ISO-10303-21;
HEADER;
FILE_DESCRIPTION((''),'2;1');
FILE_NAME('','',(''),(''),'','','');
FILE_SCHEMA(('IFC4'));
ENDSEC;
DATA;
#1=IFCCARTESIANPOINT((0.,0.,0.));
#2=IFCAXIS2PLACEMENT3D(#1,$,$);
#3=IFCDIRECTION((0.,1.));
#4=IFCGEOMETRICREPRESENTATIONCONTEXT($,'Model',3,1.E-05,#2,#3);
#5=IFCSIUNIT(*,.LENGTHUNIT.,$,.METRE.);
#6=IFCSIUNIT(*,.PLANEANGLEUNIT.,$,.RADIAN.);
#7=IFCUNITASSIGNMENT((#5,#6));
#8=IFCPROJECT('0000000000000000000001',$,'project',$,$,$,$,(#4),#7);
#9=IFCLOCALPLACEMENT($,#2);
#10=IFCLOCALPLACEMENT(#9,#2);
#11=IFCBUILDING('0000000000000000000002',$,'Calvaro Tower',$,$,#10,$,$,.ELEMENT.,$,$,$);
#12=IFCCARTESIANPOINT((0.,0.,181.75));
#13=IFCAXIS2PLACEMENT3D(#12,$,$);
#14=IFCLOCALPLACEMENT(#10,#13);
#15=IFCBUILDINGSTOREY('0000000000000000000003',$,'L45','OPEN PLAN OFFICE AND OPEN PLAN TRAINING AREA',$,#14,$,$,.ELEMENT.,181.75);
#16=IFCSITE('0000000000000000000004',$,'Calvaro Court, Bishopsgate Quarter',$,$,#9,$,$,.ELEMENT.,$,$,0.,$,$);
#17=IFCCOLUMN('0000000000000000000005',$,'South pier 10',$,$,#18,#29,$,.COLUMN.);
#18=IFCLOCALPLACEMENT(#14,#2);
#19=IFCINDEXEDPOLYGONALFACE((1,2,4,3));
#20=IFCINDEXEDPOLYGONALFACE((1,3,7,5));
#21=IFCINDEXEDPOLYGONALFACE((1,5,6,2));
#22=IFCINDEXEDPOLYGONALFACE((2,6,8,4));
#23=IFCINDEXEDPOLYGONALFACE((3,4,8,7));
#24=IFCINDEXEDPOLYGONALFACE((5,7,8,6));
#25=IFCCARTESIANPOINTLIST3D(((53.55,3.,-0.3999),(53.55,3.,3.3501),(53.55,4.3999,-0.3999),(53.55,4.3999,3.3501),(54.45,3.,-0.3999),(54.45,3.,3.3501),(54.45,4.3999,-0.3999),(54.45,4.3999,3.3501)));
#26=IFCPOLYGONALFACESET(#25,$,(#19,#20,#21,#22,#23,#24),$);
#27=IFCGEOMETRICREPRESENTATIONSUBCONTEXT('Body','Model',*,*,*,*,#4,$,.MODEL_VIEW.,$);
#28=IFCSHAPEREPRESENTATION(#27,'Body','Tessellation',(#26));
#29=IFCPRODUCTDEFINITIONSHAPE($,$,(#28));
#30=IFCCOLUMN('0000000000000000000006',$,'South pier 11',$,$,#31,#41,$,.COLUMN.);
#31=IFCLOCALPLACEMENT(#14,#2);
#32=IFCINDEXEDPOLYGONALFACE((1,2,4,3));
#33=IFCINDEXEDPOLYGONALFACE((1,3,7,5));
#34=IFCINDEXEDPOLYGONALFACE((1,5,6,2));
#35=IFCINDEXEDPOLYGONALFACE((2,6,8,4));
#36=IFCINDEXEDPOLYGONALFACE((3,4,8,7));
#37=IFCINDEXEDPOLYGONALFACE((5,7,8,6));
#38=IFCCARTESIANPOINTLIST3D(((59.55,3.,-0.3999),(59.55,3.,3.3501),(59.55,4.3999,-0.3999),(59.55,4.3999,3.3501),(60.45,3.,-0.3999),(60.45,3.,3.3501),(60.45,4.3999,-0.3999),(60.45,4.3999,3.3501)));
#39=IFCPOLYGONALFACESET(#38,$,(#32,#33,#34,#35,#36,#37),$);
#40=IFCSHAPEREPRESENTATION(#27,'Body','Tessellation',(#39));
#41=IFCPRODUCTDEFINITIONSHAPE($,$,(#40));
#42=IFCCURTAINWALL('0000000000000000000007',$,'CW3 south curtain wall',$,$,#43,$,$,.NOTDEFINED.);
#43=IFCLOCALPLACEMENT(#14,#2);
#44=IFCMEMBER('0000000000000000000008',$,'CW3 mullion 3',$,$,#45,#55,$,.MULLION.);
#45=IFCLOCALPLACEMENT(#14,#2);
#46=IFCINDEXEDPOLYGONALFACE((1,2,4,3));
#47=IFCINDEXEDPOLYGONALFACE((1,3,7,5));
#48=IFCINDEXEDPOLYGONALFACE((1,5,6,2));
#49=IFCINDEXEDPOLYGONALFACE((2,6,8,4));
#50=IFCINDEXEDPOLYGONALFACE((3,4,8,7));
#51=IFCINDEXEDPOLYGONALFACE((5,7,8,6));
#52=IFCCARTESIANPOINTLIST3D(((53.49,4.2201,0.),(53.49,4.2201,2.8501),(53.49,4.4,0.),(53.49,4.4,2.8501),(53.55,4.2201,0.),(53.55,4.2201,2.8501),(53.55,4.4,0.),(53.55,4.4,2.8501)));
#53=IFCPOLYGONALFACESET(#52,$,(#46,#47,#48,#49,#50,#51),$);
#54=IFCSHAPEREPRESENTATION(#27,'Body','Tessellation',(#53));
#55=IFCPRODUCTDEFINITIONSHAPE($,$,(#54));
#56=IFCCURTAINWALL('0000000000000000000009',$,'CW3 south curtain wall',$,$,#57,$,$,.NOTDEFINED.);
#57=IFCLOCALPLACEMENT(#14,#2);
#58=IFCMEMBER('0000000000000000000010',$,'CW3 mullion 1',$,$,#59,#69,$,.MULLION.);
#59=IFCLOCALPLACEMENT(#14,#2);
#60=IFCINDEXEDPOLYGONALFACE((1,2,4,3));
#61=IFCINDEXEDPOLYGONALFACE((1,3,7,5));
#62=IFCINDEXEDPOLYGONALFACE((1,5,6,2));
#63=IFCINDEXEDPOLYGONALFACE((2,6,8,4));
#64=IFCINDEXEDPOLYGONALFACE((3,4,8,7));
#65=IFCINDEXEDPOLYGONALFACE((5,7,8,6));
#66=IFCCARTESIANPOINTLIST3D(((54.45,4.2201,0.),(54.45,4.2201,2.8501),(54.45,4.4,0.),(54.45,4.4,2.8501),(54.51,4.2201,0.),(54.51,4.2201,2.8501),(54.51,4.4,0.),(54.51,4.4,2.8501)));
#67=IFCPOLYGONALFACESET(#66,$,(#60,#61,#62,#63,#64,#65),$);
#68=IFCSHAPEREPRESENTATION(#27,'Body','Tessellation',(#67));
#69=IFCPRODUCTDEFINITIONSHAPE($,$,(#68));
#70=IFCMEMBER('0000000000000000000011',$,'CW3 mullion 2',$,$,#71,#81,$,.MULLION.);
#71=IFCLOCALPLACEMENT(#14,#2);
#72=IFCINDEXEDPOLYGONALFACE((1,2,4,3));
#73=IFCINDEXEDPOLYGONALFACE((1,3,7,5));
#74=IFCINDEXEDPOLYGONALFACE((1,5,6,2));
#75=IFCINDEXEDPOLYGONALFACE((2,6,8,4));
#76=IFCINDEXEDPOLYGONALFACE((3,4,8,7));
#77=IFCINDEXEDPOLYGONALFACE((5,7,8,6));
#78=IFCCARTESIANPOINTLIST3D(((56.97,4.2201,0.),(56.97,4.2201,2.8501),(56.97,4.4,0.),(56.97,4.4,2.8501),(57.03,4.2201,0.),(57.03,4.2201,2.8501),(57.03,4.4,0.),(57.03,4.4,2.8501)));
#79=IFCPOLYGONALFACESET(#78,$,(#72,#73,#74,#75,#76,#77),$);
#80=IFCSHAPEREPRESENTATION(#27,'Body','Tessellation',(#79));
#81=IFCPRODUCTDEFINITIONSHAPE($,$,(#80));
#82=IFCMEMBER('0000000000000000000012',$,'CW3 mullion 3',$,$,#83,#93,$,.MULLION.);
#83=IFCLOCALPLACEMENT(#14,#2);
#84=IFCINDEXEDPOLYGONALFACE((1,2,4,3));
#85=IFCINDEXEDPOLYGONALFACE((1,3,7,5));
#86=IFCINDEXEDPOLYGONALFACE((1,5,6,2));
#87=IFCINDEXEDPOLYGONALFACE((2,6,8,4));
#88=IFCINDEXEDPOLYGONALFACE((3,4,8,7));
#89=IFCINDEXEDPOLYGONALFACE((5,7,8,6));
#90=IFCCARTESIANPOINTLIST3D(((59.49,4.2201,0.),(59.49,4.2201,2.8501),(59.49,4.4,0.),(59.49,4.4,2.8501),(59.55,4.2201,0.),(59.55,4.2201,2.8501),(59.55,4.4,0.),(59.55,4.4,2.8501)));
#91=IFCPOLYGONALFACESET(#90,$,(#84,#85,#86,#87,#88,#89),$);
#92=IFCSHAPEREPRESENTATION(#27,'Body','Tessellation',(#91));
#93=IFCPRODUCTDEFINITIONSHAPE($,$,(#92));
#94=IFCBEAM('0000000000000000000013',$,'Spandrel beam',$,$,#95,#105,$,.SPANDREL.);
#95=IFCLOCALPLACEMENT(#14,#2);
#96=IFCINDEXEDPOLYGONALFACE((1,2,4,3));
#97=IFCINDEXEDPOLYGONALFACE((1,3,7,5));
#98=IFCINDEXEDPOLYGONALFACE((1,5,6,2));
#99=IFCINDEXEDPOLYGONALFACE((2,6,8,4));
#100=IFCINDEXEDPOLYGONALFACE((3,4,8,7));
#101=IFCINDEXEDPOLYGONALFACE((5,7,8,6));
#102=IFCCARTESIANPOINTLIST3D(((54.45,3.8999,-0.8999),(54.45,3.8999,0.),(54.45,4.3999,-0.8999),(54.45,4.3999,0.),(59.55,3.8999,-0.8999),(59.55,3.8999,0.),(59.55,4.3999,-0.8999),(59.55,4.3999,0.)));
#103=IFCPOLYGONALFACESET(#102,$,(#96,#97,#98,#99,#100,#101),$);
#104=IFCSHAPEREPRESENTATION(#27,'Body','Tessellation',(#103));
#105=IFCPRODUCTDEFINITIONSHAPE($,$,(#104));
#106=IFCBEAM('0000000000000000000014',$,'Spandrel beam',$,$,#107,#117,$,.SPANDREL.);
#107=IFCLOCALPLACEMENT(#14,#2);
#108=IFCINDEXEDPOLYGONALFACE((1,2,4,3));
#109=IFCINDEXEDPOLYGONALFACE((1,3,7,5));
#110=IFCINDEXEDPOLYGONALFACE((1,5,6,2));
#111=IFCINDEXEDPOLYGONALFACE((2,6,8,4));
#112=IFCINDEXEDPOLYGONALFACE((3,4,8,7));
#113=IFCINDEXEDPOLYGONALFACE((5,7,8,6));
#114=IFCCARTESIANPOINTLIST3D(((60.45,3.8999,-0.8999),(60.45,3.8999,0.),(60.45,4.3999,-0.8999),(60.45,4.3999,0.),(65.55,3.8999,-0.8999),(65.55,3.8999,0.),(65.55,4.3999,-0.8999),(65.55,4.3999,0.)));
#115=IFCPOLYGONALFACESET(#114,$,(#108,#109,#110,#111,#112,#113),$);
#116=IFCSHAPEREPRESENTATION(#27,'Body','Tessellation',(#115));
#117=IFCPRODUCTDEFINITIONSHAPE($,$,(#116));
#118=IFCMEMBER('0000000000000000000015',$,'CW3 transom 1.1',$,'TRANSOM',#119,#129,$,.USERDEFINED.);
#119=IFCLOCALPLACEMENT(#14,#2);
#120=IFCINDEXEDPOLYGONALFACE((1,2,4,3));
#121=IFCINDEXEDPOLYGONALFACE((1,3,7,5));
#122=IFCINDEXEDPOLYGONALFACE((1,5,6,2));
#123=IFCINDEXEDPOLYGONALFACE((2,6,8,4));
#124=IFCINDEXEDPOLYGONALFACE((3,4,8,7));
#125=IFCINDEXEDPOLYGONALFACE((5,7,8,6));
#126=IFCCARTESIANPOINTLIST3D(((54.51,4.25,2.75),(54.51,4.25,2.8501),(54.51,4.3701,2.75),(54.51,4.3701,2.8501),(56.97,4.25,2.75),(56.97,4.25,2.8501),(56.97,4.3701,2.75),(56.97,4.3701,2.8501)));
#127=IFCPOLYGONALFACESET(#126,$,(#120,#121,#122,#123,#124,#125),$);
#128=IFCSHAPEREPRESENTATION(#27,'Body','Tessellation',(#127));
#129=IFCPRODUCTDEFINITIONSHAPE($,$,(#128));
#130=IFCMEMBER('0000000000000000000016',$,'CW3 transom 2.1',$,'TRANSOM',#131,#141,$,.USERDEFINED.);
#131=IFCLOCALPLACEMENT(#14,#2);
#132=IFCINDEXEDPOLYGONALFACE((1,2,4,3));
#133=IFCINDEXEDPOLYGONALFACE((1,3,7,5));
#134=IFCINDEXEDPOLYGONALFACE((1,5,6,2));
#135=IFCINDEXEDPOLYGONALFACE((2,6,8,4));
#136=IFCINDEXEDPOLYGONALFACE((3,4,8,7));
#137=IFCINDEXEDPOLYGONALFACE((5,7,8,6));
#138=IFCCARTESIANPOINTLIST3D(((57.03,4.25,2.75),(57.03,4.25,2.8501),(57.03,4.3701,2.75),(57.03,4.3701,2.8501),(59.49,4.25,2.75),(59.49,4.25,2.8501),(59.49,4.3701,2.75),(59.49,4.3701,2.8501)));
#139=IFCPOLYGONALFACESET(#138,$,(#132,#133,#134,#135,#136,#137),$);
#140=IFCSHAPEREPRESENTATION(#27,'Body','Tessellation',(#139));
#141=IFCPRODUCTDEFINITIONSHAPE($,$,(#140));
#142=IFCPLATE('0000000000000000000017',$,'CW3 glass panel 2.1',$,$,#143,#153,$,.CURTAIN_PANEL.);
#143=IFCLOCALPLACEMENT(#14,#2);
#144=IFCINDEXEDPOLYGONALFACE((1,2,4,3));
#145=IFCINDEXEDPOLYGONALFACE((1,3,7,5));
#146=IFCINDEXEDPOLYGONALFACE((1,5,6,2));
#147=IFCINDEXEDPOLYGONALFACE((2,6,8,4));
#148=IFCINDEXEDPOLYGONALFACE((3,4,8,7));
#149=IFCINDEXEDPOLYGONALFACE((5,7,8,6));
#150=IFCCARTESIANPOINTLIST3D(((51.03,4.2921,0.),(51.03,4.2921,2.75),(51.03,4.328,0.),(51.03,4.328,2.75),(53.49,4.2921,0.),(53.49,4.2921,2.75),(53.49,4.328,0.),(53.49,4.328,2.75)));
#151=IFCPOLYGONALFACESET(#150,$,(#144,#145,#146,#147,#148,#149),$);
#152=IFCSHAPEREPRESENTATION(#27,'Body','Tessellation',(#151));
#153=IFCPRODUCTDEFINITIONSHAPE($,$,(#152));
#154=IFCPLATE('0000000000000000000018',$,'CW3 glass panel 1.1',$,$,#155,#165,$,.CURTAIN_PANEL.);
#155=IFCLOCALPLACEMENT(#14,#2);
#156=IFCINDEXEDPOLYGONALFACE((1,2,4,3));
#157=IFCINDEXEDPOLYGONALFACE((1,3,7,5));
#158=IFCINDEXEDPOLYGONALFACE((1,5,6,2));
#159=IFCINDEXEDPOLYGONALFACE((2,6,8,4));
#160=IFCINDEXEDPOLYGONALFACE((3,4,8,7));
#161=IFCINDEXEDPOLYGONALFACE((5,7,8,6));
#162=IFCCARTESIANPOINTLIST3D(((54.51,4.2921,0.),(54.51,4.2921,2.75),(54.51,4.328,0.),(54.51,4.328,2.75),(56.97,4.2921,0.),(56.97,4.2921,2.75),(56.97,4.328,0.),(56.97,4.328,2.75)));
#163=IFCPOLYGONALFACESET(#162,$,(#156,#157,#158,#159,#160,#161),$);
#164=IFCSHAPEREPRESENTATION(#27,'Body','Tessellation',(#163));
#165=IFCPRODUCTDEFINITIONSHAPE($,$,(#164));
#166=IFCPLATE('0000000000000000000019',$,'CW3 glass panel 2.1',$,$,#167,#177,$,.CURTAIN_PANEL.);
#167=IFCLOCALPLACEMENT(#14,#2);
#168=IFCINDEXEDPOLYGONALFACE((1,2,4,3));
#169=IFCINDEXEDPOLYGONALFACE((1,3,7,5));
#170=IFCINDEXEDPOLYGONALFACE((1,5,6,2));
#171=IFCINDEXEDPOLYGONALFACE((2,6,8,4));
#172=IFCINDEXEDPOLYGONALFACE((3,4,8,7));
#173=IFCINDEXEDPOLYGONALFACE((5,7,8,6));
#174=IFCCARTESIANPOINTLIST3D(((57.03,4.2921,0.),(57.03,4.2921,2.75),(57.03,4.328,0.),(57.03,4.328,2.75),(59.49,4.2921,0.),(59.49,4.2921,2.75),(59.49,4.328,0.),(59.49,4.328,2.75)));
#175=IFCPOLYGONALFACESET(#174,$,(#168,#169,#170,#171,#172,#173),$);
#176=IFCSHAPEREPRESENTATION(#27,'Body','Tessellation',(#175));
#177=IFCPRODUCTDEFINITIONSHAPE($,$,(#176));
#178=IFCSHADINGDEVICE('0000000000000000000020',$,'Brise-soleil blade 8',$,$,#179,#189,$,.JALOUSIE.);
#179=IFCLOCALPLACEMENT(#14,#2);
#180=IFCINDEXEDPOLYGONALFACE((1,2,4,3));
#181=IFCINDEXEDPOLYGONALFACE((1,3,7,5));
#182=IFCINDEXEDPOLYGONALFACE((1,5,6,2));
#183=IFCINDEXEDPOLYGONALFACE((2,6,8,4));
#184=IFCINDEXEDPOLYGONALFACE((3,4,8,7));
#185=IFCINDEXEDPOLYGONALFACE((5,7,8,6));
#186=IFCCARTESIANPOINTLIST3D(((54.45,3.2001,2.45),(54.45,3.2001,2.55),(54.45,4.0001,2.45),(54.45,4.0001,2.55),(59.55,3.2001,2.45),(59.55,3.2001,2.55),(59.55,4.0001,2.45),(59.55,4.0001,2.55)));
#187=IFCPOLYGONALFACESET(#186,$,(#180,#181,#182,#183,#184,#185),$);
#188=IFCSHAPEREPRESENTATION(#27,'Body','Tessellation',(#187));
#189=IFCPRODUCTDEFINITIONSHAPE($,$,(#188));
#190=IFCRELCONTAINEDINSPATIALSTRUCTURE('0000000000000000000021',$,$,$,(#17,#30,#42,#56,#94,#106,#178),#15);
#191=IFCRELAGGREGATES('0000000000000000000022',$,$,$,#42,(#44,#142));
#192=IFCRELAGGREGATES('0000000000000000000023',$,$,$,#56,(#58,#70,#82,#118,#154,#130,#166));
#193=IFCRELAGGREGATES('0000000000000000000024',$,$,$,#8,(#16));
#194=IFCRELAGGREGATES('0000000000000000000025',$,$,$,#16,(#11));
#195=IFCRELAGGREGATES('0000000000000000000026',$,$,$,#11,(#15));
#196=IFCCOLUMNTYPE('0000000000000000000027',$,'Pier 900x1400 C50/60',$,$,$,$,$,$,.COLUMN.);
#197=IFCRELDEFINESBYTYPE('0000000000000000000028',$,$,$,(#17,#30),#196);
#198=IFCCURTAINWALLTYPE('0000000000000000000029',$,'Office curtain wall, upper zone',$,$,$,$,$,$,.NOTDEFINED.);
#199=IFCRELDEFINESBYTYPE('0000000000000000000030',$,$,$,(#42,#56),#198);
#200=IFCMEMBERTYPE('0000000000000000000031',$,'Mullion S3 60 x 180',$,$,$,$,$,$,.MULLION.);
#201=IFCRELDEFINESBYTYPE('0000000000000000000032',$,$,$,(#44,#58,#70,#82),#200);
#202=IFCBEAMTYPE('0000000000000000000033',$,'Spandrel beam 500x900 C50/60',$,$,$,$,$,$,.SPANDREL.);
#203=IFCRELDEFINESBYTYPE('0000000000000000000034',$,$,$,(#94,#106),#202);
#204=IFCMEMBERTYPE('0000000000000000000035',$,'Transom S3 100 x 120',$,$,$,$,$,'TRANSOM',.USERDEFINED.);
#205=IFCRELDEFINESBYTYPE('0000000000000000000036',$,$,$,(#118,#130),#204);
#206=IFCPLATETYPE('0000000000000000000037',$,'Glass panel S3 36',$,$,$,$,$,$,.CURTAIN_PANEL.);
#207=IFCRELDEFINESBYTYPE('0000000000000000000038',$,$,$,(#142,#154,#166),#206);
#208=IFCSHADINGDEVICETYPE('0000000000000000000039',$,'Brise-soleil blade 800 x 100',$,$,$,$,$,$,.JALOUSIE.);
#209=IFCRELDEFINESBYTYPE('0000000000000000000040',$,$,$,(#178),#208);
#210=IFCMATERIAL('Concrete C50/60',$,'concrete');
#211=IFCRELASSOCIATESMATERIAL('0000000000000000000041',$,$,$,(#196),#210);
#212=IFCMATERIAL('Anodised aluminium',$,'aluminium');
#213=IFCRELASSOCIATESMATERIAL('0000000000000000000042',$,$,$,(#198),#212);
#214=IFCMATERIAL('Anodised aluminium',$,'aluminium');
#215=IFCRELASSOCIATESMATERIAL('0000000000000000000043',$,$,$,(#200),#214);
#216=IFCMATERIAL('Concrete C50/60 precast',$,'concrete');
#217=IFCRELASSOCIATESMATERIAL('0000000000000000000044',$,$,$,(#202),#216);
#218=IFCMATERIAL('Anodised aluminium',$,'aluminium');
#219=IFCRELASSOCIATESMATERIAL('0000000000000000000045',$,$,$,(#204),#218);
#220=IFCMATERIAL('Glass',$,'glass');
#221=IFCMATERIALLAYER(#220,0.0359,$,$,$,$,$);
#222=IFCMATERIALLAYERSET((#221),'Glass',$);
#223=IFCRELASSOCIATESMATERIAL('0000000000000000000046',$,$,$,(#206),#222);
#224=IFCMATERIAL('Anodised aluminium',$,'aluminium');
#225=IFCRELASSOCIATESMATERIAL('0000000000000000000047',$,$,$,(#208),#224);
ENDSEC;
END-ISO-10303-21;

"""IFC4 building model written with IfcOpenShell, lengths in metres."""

from ifc_helpers import new_model, si_unit, direction, frame, origin, origin_2d, place, context, subcontext, project, spatial, rectangle, extrude, material, layer, layer_set, material_profile, profile_set, type_object, element, aggregate, save


model = new_model("IFC4")

# Units and contexts
model_context = context("Model", 3, precision=1e-05, world=origin(), true_north=direction((0.0, 1.0)))
body_context = subcontext(model_context, "Body", "Model", "MODEL_VIEW")
ifc_project = project(units=[si_unit("LENGTHUNIT", "METRE"), si_unit("PLANEANGLEUNIT", "RADIAN")], contexts=[model_context])

# Site, building, storey
site_placement = place(None, origin())
site = spatial("IfcSite", under=ifc_project, at=site_placement, Name="Calvaro Court, Bishopsgate Quarter", CompositionType="ELEMENT", RefElevation=0.0)
building_placement = place(site_placement, origin())
building = spatial("IfcBuilding", under=site, at=building_placement, Name="Calvaro Tower", CompositionType="ELEMENT")
storey_placement = place(building_placement, frame((0.0, 0.0, 181.75)))
storey = spatial("IfcBuildingStorey", under=building, at=storey_placement, Name="L45", Description="OPEN PLAN OFFICE AND OPEN PLAN TRAINING AREA", CompositionType="ELEMENT", Elevation=181.75)

# Columns
ifc_material_1 = material(Name="Concrete C50/60", Category="concrete")
ifc_material_profile_1 = material_profile(ifc_material_1, rectangle(XDim=0.8999, YDim=1.3999, at=origin_2d()), Name="RC 900x1400")
ifc_profile_set_1 = profile_set([ifc_material_profile_1], Name="Concrete C50/60")
column_type = type_object("IfcColumnType", Name="Pier 900x1400 C50/60", PredefinedType="COLUMN", material=ifc_profile_set_1)
for number, where, z_axis, x_axis, name in (
    (1, (54.0, 3.7, -0.3999), (0.0, 0.0, 1.0), (1.0, 0.0, 0.0), "South pier 10"),
    (2, (60.0, 3.7, -0.3999), (0.0, 0.0, 1.0), (1.0, 0.0, 0.0), "South pier 11"),
):
    element("IfcColumn", number, at=place(storey_placement, frame(where, z_axis=z_axis, x_axis=x_axis)), inside=storey, type_object=column_type, Name=name, PredefinedType="COLUMN", context=body_context, shape_type="SweptSolid", body=[
        extrude(rectangle(XDim=0.8999, YDim=1.3999, at=origin_2d()), origin(), (0.0, 0.0, 1.0), 3.75),
    ])

# Curtain wall, member
ifc_material_2 = material(Name="Anodised aluminium", Category="aluminium")
curtain_wall_type = type_object("IfcCurtainWallType", Name="Office curtain wall, upper zone", PredefinedType="NOTDEFINED", material=ifc_material_2)
curtain_wall_1_placement = place(storey_placement, origin())
curtain_wall_1 = element("IfcCurtainWall", 3, at=curtain_wall_1_placement, inside=storey, type_object=curtain_wall_type, Name="CW3 south curtain wall", PredefinedType="NOTDEFINED")
ifc_material_3 = material(Name="Anodised aluminium", Category="aluminium")
ifc_material_profile_2 = material_profile(ifc_material_3, rectangle(XDim=0.1799, YDim=0.0601, at=origin_2d()), Name="Mullion S3 60 x 180")
ifc_profile_set_2 = profile_set([ifc_material_profile_2], Name="Anodised aluminium")
member_type_1 = type_object("IfcMemberType", Name="Mullion S3 60 x 180", PredefinedType="MULLION", material=ifc_profile_set_2)
member_1_placement = place(storey_placement, frame((53.52, 4.3101, 0.0), z_axis=(0.0, 0.0, 1.0), x_axis=(0.0, 1.0, 0.0)))
member_1 = element("IfcMember", 4, at=member_1_placement, type_object=member_type_1, Name="CW3 mullion 3", PredefinedType="MULLION", context=body_context, shape_type="SweptSolid", body=[
    extrude(rectangle(XDim=0.1799, YDim=0.0601, at=origin_2d()), origin(), (0.0, 0.0, 1.0), 2.8501),
])

# Curtain wall, members
curtain_wall_2_placement = place(storey_placement, origin())
curtain_wall_2 = element("IfcCurtainWall", 5, at=curtain_wall_2_placement, inside=storey, type_object=curtain_wall_type, Name="CW3 south curtain wall", PredefinedType="NOTDEFINED")
member_2_placement = place(storey_placement, frame((54.48, 4.3101, 0.0), z_axis=(0.0, 0.0, 1.0), x_axis=(0.0, 1.0, 0.0)))
member_2 = element("IfcMember", 6, at=member_2_placement, type_object=member_type_1, Name="CW3 mullion 1", PredefinedType="MULLION", context=body_context, shape_type="SweptSolid", body=[
    extrude(rectangle(XDim=0.1799, YDim=0.0601, at=origin_2d()), origin(), (0.0, 0.0, 1.0), 2.8501),
])
member_3_placement = place(storey_placement, frame((57.0, 4.3101, 0.0), z_axis=(0.0, 0.0, 1.0), x_axis=(0.0, 1.0, 0.0)))
member_3 = element("IfcMember", 7, at=member_3_placement, type_object=member_type_1, Name="CW3 mullion 2", PredefinedType="MULLION", context=body_context, shape_type="SweptSolid", body=[
    extrude(rectangle(XDim=0.1799, YDim=0.0601, at=origin_2d()), origin(), (0.0, 0.0, 1.0), 2.8501),
])
member_4_placement = place(storey_placement, frame((59.52, 4.3101, 0.0), z_axis=(0.0, 0.0, 1.0), x_axis=(0.0, 1.0, 0.0)))
member_4 = element("IfcMember", 8, at=member_4_placement, type_object=member_type_1, Name="CW3 mullion 3", PredefinedType="MULLION", context=body_context, shape_type="SweptSolid", body=[
    extrude(rectangle(XDim=0.1799, YDim=0.0601, at=origin_2d()), origin(), (0.0, 0.0, 1.0), 2.8501),
])

# Beams
ifc_material_4 = material(Name="Concrete C50/60 precast", Category="concrete")
ifc_material_profile_3 = material_profile(ifc_material_4, rectangle(XDim=0.5, YDim=0.8999, at=origin_2d()), Name="RC 500x900")
ifc_profile_set_3 = profile_set([ifc_material_profile_3], Name="Concrete C50/60 precast")
beam_type = type_object("IfcBeamType", Name="Spandrel beam 500x900 C50/60", PredefinedType="SPANDREL", material=ifc_profile_set_3)
for number, where, z_axis, x_axis, name in (
    (9, (54.45, 4.1499, -0.45), (1.0, 0.0, 0.0), (0.0, 1.0, 0.0), "Spandrel beam"),
    (10, (60.45, 4.1499, -0.45), (1.0, 0.0, 0.0), (0.0, 1.0, 0.0), "Spandrel beam"),
):
    element("IfcBeam", number, at=place(storey_placement, frame(where, z_axis=z_axis, x_axis=x_axis)), inside=storey, type_object=beam_type, Name=name, PredefinedType="SPANDREL", context=body_context, shape_type="SweptSolid", body=[
        extrude(rectangle(XDim=0.5, YDim=0.8999, at=origin_2d()), origin(), (0.0, 0.0, 1.0), 5.1001),
    ])

# Members
ifc_material_5 = material(Name="Anodised aluminium", Category="aluminium")
ifc_material_profile_4 = material_profile(ifc_material_5, rectangle(XDim=0.1201, YDim=0.1001, at=origin_2d()), Name="Transom S3 100 x 120")
ifc_profile_set_4 = profile_set([ifc_material_profile_4], Name="Anodised aluminium")
member_type_2 = type_object("IfcMemberType", Name="Transom S3 100 x 120", ElementType="TRANSOM", PredefinedType="USERDEFINED", material=ifc_profile_set_4)
member_5_placement = place(storey_placement, frame((54.51, 4.3101, 2.8), z_axis=(1.0, 0.0, 0.0), x_axis=(0.0, 1.0, 0.0)))
member_5 = element("IfcMember", 11, at=member_5_placement, type_object=member_type_2, Name="CW3 transom 1.1", ObjectType="TRANSOM", PredefinedType="USERDEFINED", context=body_context, shape_type="SweptSolid", body=[
    extrude(rectangle(XDim=0.1201, YDim=0.1001, at=origin_2d()), origin(), (0.0, 0.0, 1.0), 2.46),
])
member_6_placement = place(storey_placement, frame((57.03, 4.3101, 2.8), z_axis=(1.0, 0.0, 0.0), x_axis=(0.0, 1.0, 0.0)))
member_6 = element("IfcMember", 12, at=member_6_placement, type_object=member_type_2, Name="CW3 transom 2.1", ObjectType="TRANSOM", PredefinedType="USERDEFINED", context=body_context, shape_type="SweptSolid", body=[
    extrude(rectangle(XDim=0.1201, YDim=0.1001, at=origin_2d()), origin(), (0.0, 0.0, 1.0), 2.46),
])

# Plates
ifc_material_6 = material(Name="Glass", Category="glass")
ifc_layer = layer(ifc_material_6, 0.0359)
ifc_layer_set = layer_set([ifc_layer], Name="Glass")
plate_type = type_object("IfcPlateType", Name="Glass panel S3 36", PredefinedType="CURTAIN_PANEL", material=ifc_layer_set)
plate_1_placement = place(storey_placement, frame((52.26, 4.3101, 0.0), z_axis=(0.0, 0.0, 1.0), x_axis=(1.0, 0.0, 0.0)))
plate_1 = element("IfcPlate", 13, at=plate_1_placement, type_object=plate_type, Name="CW3 glass panel 2.1", PredefinedType="CURTAIN_PANEL", context=body_context, shape_type="SweptSolid", body=[
    extrude(rectangle(XDim=2.46, YDim=0.0359, at=origin_2d()), origin(), (0.0, 0.0, 1.0), 2.75),
])
aggregate(curtain_wall_1, [member_1, plate_1])
plate_2_placement = place(storey_placement, frame((55.74, 4.3101, 0.0), z_axis=(0.0, 0.0, 1.0), x_axis=(1.0, 0.0, 0.0)))
plate_2 = element("IfcPlate", 14, at=plate_2_placement, type_object=plate_type, Name="CW3 glass panel 1.1", PredefinedType="CURTAIN_PANEL", context=body_context, shape_type="SweptSolid", body=[
    extrude(rectangle(XDim=2.46, YDim=0.0359, at=origin_2d()), origin(), (0.0, 0.0, 1.0), 2.75),
])
plate_3_placement = place(storey_placement, frame((58.26, 4.3101, 0.0), z_axis=(0.0, 0.0, 1.0), x_axis=(1.0, 0.0, 0.0)))
plate_3 = element("IfcPlate", 15, at=plate_3_placement, type_object=plate_type, Name="CW3 glass panel 2.1", PredefinedType="CURTAIN_PANEL", context=body_context, shape_type="SweptSolid", body=[
    extrude(rectangle(XDim=2.46, YDim=0.0359, at=origin_2d()), origin(), (0.0, 0.0, 1.0), 2.75),
])
aggregate(curtain_wall_2, [member_2, member_3, member_4, member_5, plate_2, member_6, plate_3])

# Shading device
ifc_material_7 = material(Name="Anodised aluminium", Category="aluminium")
ifc_material_profile_5 = material_profile(ifc_material_7, rectangle(XDim=0.8, YDim=0.1001, at=origin_2d()), Name="Brise-soleil blade 800 x 100")
ifc_profile_set_5 = profile_set([ifc_material_profile_5], Name="Anodised aluminium")
shading_device_type = type_object("IfcShadingDeviceType", Name="Brise-soleil blade 800 x 100", PredefinedType="JALOUSIE", material=ifc_profile_set_5)
for number, where, z_axis, x_axis, name in (
    (16, (54.45, 3.6001, 2.5), (1.0, 0.0, 0.0), (0.0, 1.0, 0.0), "Brise-soleil blade 8"),
):
    element("IfcShadingDevice", number, at=place(storey_placement, frame(where, z_axis=z_axis, x_axis=x_axis)), inside=storey, type_object=shading_device_type, Name=name, PredefinedType="JALOUSIE", context=body_context, shape_type="SweptSolid", body=[
        extrude(rectangle(XDim=0.8, YDim=0.1001, at=origin_2d()), origin(), (0.0, 0.0, 1.0), 5.1001),
    ])

save(model, "model.ifc")
